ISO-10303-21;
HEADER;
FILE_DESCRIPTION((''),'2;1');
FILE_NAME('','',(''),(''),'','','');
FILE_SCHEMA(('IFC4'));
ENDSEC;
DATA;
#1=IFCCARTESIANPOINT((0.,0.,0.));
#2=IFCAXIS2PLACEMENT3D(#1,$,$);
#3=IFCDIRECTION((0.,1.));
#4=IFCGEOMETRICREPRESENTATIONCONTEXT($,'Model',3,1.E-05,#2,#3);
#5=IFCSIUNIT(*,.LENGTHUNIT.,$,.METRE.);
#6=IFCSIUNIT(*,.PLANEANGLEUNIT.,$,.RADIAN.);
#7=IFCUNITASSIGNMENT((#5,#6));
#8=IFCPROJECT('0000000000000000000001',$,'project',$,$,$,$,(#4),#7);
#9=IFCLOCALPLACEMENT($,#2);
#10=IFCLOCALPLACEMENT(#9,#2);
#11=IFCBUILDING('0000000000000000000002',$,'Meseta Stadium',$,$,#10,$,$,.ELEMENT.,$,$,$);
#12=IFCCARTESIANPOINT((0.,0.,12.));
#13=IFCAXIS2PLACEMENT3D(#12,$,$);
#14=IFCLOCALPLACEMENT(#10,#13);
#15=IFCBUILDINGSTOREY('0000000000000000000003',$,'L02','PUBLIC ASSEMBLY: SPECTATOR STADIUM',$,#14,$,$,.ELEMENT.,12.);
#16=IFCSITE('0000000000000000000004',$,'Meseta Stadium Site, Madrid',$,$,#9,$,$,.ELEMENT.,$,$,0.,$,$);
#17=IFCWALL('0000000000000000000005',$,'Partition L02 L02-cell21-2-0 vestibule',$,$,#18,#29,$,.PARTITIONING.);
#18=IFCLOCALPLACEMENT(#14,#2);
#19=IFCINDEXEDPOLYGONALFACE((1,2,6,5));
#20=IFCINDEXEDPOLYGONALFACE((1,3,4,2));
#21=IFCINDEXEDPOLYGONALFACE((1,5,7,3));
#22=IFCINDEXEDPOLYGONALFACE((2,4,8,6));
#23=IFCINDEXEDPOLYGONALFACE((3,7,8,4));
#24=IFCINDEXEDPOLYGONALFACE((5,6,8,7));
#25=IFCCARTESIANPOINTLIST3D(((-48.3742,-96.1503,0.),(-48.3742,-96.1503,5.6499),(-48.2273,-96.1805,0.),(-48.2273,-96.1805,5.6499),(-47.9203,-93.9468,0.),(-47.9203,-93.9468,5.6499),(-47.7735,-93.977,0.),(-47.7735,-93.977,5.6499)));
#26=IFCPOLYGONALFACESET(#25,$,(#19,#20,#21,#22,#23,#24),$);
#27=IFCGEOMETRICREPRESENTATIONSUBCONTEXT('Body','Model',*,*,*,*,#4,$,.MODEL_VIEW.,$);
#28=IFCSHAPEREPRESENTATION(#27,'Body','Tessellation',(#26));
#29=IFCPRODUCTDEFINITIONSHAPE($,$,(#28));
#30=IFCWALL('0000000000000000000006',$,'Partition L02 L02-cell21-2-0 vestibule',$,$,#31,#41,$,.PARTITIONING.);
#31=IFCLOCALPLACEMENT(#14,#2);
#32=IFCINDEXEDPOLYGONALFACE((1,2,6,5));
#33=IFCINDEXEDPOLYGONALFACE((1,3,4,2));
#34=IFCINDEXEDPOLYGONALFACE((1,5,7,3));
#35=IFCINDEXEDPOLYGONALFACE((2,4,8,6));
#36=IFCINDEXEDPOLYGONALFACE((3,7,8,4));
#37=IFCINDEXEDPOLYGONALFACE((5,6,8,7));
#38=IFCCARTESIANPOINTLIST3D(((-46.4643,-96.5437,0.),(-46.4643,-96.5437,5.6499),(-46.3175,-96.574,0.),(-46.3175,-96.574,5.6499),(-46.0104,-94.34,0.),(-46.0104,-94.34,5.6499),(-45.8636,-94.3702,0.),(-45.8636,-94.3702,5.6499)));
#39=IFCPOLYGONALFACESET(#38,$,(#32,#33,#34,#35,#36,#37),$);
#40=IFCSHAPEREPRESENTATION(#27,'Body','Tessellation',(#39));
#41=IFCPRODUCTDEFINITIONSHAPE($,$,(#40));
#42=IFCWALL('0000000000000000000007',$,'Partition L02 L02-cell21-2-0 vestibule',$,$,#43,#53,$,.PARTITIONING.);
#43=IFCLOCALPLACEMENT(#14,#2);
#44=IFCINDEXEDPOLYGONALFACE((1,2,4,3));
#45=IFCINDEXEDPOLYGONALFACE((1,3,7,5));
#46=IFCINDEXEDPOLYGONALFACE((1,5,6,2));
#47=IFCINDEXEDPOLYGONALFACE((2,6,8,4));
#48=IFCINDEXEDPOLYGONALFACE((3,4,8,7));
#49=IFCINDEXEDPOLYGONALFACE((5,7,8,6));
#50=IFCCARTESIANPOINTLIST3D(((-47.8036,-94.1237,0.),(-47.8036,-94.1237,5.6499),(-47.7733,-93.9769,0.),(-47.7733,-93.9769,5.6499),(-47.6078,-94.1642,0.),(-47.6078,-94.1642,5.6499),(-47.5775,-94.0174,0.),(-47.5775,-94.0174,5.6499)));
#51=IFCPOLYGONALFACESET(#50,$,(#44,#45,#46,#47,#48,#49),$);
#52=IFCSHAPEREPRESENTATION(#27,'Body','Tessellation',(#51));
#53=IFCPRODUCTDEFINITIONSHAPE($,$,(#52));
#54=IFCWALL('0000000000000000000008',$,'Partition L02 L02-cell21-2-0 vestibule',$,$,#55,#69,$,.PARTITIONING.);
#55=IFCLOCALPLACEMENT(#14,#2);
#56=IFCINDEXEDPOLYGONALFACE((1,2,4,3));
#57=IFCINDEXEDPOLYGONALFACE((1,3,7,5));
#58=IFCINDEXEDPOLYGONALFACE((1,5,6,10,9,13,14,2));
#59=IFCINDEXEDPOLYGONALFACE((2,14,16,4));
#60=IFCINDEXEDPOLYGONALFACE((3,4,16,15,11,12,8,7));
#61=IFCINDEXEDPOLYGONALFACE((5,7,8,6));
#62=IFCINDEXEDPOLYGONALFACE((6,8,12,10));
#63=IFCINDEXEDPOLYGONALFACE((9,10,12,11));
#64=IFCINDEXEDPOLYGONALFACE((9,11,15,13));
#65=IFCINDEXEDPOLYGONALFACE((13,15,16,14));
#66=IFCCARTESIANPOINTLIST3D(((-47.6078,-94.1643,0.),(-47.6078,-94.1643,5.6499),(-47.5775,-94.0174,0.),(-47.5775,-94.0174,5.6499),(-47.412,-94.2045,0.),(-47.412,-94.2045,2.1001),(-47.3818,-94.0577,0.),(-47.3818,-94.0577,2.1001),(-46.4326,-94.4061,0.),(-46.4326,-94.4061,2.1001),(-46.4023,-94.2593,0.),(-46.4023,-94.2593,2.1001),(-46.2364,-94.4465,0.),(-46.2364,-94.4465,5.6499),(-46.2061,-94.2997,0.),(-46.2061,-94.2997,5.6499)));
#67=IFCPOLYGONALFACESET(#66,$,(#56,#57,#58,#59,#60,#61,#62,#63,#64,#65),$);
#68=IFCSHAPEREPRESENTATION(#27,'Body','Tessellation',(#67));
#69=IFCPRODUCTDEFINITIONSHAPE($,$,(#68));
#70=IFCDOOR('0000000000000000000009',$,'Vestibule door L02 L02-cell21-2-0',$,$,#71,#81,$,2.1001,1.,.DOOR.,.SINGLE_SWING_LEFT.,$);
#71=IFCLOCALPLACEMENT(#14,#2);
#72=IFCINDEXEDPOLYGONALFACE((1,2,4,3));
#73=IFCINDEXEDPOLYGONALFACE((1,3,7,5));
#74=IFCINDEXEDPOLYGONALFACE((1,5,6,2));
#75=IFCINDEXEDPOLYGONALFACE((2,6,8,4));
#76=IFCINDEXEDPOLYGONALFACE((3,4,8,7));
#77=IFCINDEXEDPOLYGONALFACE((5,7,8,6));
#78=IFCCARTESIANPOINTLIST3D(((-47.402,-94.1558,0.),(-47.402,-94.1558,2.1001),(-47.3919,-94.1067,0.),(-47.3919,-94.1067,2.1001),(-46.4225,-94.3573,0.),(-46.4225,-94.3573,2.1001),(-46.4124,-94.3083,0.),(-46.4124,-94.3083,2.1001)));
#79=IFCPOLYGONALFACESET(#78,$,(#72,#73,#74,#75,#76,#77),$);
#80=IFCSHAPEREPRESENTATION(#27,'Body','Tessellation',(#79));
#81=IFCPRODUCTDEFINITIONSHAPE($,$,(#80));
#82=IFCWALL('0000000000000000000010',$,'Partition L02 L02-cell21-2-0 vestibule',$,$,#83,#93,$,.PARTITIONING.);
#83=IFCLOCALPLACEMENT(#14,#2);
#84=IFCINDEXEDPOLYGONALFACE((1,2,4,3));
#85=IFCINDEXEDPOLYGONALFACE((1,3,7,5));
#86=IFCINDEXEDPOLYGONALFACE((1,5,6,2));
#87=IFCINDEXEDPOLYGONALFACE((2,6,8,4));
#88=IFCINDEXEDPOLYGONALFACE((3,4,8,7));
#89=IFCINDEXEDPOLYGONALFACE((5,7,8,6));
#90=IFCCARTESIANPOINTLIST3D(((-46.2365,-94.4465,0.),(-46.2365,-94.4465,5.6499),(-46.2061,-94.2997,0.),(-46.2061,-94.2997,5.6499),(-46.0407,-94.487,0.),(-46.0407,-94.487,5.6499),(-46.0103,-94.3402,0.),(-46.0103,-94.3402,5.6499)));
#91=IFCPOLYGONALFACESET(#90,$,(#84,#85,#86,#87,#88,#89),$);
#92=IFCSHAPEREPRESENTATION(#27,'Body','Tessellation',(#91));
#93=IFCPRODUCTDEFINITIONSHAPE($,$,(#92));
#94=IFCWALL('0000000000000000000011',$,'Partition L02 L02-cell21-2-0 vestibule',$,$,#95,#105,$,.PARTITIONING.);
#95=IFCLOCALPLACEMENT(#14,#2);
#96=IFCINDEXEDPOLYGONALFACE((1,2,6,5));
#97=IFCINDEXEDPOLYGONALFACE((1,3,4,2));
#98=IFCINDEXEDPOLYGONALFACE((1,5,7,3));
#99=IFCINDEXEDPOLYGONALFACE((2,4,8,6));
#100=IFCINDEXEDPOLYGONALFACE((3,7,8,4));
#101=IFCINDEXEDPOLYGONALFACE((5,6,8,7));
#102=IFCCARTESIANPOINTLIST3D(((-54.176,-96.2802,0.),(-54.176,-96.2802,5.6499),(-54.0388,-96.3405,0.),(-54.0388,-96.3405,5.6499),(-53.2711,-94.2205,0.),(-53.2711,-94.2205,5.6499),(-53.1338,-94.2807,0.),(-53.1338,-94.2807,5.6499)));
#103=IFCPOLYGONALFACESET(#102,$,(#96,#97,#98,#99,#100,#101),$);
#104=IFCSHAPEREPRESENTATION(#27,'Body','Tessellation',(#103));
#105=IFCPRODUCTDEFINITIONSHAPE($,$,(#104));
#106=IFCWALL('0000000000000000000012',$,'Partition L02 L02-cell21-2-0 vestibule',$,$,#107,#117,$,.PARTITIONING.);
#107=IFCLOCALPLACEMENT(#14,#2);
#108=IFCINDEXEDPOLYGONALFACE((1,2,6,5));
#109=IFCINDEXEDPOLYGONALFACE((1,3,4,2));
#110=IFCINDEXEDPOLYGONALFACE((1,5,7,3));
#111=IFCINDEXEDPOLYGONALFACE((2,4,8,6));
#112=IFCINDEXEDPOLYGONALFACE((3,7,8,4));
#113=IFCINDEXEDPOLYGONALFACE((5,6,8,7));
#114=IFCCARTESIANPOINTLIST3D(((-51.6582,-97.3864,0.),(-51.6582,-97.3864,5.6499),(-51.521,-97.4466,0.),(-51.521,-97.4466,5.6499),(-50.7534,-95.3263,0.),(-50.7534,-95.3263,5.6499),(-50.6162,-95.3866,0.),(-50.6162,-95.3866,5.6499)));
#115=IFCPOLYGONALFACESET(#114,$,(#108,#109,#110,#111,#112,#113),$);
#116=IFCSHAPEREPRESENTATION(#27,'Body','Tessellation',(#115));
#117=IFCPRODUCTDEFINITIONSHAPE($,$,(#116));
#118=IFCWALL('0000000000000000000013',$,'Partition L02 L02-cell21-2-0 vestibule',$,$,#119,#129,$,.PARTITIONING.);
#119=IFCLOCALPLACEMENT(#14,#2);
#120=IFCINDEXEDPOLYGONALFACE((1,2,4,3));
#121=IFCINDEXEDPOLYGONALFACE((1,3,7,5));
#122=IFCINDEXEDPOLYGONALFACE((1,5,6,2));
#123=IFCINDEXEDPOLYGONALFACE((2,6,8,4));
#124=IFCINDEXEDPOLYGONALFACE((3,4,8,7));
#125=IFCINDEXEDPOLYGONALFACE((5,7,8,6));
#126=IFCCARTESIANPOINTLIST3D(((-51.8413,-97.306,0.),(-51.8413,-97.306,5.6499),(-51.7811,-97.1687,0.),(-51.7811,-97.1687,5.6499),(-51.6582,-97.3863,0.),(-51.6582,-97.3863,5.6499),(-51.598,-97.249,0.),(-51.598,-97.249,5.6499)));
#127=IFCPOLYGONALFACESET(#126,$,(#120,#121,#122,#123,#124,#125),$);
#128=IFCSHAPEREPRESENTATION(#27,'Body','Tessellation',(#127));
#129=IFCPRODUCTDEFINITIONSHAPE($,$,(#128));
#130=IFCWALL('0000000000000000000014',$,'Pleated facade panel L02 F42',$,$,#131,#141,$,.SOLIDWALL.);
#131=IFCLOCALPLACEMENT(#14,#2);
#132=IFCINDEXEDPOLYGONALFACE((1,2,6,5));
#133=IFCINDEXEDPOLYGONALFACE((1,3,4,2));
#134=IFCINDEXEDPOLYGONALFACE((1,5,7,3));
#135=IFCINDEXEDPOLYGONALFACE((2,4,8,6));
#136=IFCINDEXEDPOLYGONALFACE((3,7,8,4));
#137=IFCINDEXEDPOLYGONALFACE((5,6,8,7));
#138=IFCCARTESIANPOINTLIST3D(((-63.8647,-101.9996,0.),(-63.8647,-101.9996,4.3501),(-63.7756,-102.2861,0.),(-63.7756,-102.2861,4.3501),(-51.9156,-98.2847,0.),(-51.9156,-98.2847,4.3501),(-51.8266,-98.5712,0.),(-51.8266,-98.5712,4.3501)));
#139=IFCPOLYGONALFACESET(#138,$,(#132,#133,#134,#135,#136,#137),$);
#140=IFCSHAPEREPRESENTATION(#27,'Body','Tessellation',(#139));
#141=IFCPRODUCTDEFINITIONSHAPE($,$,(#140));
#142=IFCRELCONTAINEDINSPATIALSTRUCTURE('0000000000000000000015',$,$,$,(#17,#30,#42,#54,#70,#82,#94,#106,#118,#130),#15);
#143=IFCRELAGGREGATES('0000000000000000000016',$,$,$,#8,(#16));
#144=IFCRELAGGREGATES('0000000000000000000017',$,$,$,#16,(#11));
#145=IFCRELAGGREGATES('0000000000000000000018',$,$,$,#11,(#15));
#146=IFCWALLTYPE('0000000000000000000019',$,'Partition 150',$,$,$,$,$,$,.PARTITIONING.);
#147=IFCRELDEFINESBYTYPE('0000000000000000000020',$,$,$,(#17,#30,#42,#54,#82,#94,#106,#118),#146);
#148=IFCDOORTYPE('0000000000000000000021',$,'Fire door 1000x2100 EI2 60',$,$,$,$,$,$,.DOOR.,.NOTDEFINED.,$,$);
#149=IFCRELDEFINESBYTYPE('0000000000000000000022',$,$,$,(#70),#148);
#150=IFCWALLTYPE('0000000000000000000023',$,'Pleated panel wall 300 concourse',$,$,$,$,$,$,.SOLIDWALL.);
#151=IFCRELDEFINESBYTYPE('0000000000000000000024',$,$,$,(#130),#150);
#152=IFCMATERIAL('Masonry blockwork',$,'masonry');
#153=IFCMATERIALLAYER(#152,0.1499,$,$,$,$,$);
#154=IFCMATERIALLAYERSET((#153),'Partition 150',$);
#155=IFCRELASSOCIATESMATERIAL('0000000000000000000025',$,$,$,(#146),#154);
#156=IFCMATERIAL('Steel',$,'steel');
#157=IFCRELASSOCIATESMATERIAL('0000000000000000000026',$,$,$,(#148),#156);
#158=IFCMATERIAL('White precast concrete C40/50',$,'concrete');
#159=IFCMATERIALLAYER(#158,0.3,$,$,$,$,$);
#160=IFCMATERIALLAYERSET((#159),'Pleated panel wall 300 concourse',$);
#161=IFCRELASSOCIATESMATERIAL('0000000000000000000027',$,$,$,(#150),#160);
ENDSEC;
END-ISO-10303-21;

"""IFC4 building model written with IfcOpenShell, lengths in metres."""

from ifc_helpers import new_model, si_unit, direction, frame, frame_2d, origin, place, context, subcontext, project, spatial, rectangle, extrude, material, layer, layer_set, type_object, element, fill, save


model = new_model("IFC4")

# Units and contexts
model_context = context("Model", 3, precision=1e-05, world=origin(), true_north=direction((0.0, 1.0)))
body_context = subcontext(model_context, "Body", "Model", "MODEL_VIEW")
ifc_project = project(units=[si_unit("LENGTHUNIT", "METRE"), si_unit("PLANEANGLEUNIT", "RADIAN")], contexts=[model_context])

# Site, building, storey
site_placement = place(None, origin())
site = spatial("IfcSite", under=ifc_project, at=site_placement, Name="Meseta Stadium Site, Madrid", CompositionType="ELEMENT", RefElevation=0.0)
building_placement = place(site_placement, origin())
building = spatial("IfcBuilding", under=site, at=building_placement, Name="Meseta Stadium", CompositionType="ELEMENT")
storey_placement = place(building_placement, frame((0.0, 0.0, 12.0)))
storey = spatial("IfcBuildingStorey", under=building, at=storey_placement, Name="L02", Description="PUBLIC ASSEMBLY: SPECTATOR STADIUM", CompositionType="ELEMENT", Elevation=12.0)

# Shared definitions
ifc_material_1 = material(Name="Masonry blockwork", Category="masonry")
ifc_layer_1 = layer(ifc_material_1, 0.1499)
ifc_layer_set_1 = layer_set([ifc_layer_1], Name="Partition 150")
wall_type_1 = type_object("IfcWallType", Name="Partition 150", PredefinedType="PARTITIONING", material=ifc_layer_set_1)

# Shared definitions
ifc_material_2 = material(Name="Steel", Category="steel")
door_type_1 = type_object("IfcDoorType", Name="Fire door 1000x2100 EI2 60", OperationType="NOTDEFINED", PredefinedType="DOOR", material=ifc_material_2)

# Walls
wall_1_placement = place(storey_placement, frame((-48.3008, -96.1655, 0.0), z_axis=(0.0, 0.0, 1.0), x_axis=(0.201726, 0.979442, 0.0)))
element("IfcWall", 1, at=wall_1_placement, inside=storey, type_object=wall_type_1, Name="Partition L02 L02-cell21-2-0 vestibule", PredefinedType="PARTITIONING", context=body_context, shape_type="SweptSolid", body=[
    extrude(rectangle(XDim=2.2498, YDim=0.1499, at=frame_2d((1.125, 0.0))), origin(), (0.0, 0.0, 1.0), 5.6499),
])
wall_2_placement = place(storey_placement, frame((-46.3909, -96.5588, 0.0), z_axis=(0.0, 0.0, 1.0), x_axis=(0.201705, 0.979446, 0.0)))
element("IfcWall", 2, at=wall_2_placement, inside=storey, type_object=wall_type_1, Name="Partition L02 L02-cell21-2-0 vestibule", PredefinedType="PARTITIONING", context=body_context, shape_type="SweptSolid", body=[
    extrude(rectangle(XDim=2.25, YDim=0.1499, at=frame_2d((1.125, 0.0))), origin(), (0.0, 0.0, 1.0), 5.6499),
])
wall_3_placement = place(storey_placement, frame((-47.7886, -94.0503, 0.0), z_axis=(0.0, 0.0, 1.0), x_axis=(0.979244, -0.202686, 0.0)))
element("IfcWall", 3, at=wall_3_placement, inside=storey, type_object=wall_type_1, Name="Partition L02 L02-cell21-2-0 vestibule", PredefinedType="PARTITIONING", context=body_context, shape_type="SweptSolid", body=[
    extrude(rectangle(XDim=0.2, YDim=0.1499, at=frame_2d((0.1001, 0.0))), origin(), (0.0, 0.0, 1.0), 5.6499),
])

# Wall, opening, door
wall_4_placement = place(storey_placement, frame((-47.5928, -94.0908, 0.0), z_axis=(0.0, 0.0, 1.0), x_axis=(0.979472, -0.201579, 0.0)))
wall_4 = element("IfcWall", 4, at=wall_4_placement, inside=storey, type_object=wall_type_1, Name="Partition L02 L02-cell21-2-0 vestibule", PredefinedType="PARTITIONING", context=body_context, shape_type="SweptSolid", body=[
    extrude(rectangle(XDim=1.4001, YDim=0.1499, at=frame_2d((0.7002, 0.0))), origin(), (0.0, 0.0, 1.0), 5.6499),
])
opening_1_placement = place(wall_4_placement, frame((0.2, 0.0, 0.0)))
opening_1 = element("IfcOpeningElement", 5, at=opening_1_placement, cuts=wall_4, PredefinedType="OPENING", context=body_context, shape_type="SweptSolid", body=[
    extrude(rectangle(XDim=1.0, YDim=2.1001, at=frame_2d((0.5, 1.05))), frame((0.0, 0.085, 0.0), z_axis=(0.0, -1.0, 0.0), x_axis=(1.0, 0.0, 0.0)), (0.0, 0.0, 1.0), 0.1699),
])
door_1_placement = place(opening_1_placement, origin())
door_1 = element("IfcDoor", 6, at=door_1_placement, inside=storey, type_object=door_type_1, Name="Vestibule door L02 L02-cell21-2-0", OperationType="SINGLE_SWING_LEFT", OverallHeight=2.1001, OverallWidth=1.0, PredefinedType="DOOR", context=body_context, shape_type="SweptSolid", body=[
    extrude(rectangle(XDim=1.0, YDim=2.1001, at=frame_2d((0.5, 1.05))), frame((0.0, 0.0249, 0.0), z_axis=(0.0, -1.0, 0.0), x_axis=(1.0, 0.0, 0.0)), (0.0, 0.0, 1.0), 0.05),
])
fill(opening_1, door_1)

# Walls
wall_5_placement = place(storey_placement, frame((-46.2214, -94.373, 0.0), z_axis=(0.0, 0.0, 1.0), x_axis=(0.979244, -0.202686, 0.0)))
element("IfcWall", 7, at=wall_5_placement, inside=storey, type_object=wall_type_1, Name="Partition L02 L02-cell21-2-0 vestibule", PredefinedType="PARTITIONING", context=body_context, shape_type="SweptSolid", body=[
    extrude(rectangle(XDim=0.2, YDim=0.1499, at=frame_2d((0.1001, 0.0))), origin(), (0.0, 0.0, 1.0), 5.6499),
])
wall_6_placement = place(storey_placement, frame((-53.2024, -94.2505, 0.0), z_axis=(0.0, 0.0, 1.0), x_axis=(-0.402259, -0.915526, 0.0)))
element("IfcWall", 8, at=wall_6_placement, inside=storey, type_object=wall_type_1, Name="Partition L02 L02-cell21-2-0 vestibule", PredefinedType="PARTITIONING", context=body_context, shape_type="SweptSolid", body=[
    extrude(rectangle(XDim=2.2498, YDim=0.1499, at=frame_2d((1.125, 0.0))), origin(), (0.0, 0.0, 1.0), 5.6499),
])
wall_7_placement = place(storey_placement, frame((-50.6848, -95.3564, 0.0), z_axis=(0.0, 0.0, 1.0), x_axis=(-0.402128, -0.915584, 0.0)))
element("IfcWall", 9, at=wall_7_placement, inside=storey, type_object=wall_type_1, Name="Partition L02 L02-cell21-2-0 vestibule", PredefinedType="PARTITIONING", context=body_context, shape_type="SweptSolid", body=[
    extrude(rectangle(XDim=2.25, YDim=0.1499, at=frame_2d((1.125, 0.0))), origin(), (0.0, 0.0, 1.0), 5.6499),
])
wall_8_placement = place(storey_placement, frame((-51.8113, -97.2373, 0.0), z_axis=(0.0, 0.0, 1.0), x_axis=(0.915765, -0.401715, 0.0)))
element("IfcWall", 10, at=wall_8_placement, inside=storey, type_object=wall_type_1, Name="Partition L02 L02-cell21-2-0 vestibule", PredefinedType="PARTITIONING", context=body_context, shape_type="SweptSolid", body=[
    extrude(rectangle(XDim=0.2, YDim=0.1499, at=frame_2d((0.1001, 0.0))), origin(), (0.0, 0.0, 1.0), 5.6499),
])
ifc_material_3 = material(Name="White precast concrete C40/50", Category="concrete")
ifc_layer_2 = layer(ifc_material_3, 0.3)
ifc_layer_set_2 = layer_set([ifc_layer_2], Name="Pleated panel wall 300 concourse")
wall_type_2 = type_object("IfcWallType", Name="Pleated panel wall 300 concourse", PredefinedType="SOLIDWALL", material=ifc_layer_set_2)
wall_9_placement = place(storey_placement, frame((-51.8711, -98.428, 0.0), z_axis=(0.0, 0.0, 1.0), x_axis=(-0.954916, -0.296876, 0.0)))
element("IfcWall", 11, at=wall_9_placement, inside=storey, type_object=wall_type_2, Name="Pleated facade panel L02 F42", PredefinedType="SOLIDWALL", context=body_context, shape_type="SweptSolid", body=[
    extrude(rectangle(XDim=12.5132, YDim=0.3, at=frame_2d((6.2566, 0.0))), origin(), (0.0, 0.0, 1.0), 4.3501),
])

save(model, "model.ifc")
